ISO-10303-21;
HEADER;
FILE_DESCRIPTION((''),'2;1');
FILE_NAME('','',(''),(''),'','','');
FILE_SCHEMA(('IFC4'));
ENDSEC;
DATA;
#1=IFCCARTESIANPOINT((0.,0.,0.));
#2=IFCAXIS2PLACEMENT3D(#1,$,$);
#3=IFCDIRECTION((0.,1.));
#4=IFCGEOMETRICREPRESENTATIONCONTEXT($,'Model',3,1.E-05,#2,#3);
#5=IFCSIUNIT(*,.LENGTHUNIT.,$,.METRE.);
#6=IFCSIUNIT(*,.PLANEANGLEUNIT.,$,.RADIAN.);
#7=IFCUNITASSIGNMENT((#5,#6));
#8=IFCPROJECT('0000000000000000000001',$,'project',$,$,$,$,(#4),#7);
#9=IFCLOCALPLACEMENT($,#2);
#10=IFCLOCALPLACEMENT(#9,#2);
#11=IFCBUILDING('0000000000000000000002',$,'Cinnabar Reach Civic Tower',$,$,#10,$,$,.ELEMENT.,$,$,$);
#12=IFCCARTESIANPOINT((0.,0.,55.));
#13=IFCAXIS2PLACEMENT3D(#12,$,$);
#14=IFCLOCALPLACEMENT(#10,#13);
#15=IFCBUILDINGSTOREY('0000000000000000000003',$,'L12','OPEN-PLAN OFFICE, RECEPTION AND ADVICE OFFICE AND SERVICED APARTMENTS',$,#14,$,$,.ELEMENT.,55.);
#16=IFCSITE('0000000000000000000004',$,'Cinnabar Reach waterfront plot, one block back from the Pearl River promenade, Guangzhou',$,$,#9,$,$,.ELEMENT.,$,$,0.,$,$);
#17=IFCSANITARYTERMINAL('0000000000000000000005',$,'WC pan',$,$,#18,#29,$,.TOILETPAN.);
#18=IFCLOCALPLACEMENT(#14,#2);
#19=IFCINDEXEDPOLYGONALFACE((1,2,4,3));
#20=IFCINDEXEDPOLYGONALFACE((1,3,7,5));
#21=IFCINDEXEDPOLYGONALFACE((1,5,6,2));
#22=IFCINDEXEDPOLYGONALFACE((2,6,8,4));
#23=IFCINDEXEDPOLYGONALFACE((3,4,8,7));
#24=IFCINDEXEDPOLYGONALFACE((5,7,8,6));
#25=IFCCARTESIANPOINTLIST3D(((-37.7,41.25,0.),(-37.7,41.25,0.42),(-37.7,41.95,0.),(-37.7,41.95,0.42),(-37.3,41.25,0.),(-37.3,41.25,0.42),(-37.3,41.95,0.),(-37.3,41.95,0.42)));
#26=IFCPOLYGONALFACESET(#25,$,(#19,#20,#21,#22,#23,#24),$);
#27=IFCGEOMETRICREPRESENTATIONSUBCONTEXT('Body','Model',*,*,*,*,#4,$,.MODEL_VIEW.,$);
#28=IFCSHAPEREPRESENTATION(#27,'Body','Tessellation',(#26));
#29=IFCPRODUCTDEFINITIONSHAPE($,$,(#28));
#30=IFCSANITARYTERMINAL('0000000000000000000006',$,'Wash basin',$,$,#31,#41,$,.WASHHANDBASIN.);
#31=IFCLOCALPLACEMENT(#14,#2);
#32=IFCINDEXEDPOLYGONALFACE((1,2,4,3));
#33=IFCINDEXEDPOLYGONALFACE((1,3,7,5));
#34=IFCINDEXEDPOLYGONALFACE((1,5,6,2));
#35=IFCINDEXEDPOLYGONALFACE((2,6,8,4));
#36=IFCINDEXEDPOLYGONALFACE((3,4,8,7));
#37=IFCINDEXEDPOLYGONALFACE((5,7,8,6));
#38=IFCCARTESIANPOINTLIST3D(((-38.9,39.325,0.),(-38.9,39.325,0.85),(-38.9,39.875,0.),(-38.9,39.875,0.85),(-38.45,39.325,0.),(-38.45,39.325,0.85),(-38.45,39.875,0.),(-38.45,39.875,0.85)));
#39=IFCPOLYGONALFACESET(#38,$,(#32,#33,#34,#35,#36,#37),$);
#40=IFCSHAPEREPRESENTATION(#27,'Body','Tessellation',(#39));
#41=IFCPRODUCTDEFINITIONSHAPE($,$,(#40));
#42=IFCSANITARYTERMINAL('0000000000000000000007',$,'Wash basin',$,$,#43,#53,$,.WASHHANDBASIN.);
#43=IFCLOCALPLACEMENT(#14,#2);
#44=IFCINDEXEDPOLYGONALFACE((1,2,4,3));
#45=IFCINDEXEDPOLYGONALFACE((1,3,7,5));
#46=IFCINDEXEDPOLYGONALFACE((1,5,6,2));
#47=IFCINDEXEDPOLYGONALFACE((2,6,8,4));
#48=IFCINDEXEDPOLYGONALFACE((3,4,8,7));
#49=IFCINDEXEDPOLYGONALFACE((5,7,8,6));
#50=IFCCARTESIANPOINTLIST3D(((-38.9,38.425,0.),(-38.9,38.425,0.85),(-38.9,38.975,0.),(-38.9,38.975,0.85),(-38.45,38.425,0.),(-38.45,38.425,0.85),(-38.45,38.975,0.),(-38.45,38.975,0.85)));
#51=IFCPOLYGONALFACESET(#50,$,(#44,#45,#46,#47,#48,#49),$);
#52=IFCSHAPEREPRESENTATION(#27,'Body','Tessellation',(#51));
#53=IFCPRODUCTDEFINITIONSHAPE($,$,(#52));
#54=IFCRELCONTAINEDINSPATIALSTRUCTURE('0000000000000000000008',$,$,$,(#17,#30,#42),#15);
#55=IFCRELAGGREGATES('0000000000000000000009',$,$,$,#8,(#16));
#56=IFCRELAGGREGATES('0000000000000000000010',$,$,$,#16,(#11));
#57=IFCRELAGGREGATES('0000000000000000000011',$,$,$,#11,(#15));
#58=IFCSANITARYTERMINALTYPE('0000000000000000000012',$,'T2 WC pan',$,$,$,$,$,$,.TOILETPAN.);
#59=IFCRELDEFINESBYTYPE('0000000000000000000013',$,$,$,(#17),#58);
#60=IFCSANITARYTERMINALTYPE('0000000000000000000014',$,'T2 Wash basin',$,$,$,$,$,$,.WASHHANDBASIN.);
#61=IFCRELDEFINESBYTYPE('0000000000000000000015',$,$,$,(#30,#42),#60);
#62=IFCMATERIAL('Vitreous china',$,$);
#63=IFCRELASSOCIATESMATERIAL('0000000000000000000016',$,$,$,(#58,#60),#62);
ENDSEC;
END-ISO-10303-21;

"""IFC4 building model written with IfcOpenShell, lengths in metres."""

from ifc_helpers import new_model, si_unit, direction, frame, origin, origin_2d, place, context, subcontext, project, spatial, rectangle, extrude, material, type_object, element, save


model = new_model("IFC4")

# Units and contexts
model_context = context("Model", 3, precision=1e-05, world=origin(), true_north=direction((0.0, 1.0)))
body_context = subcontext(model_context, "Body", "Model", "MODEL_VIEW")
ifc_project = project(units=[si_unit("LENGTHUNIT", "METRE"), si_unit("PLANEANGLEUNIT", "RADIAN")], contexts=[model_context])

# Site, building, storey
site_placement = place(None, origin())
site = spatial("IfcSite", under=ifc_project, at=site_placement, Name="Cinnabar Reach waterfront plot, one block back from the Pearl River promenade, Guangzhou", CompositionType="ELEMENT", RefElevation=0.0)
building_placement = place(site_placement, origin())
building = spatial("IfcBuilding", under=site, at=building_placement, Name="Cinnabar Reach Civic Tower", CompositionType="ELEMENT")
storey_placement = place(building_placement, frame((0.0, 0.0, 55.0)))
storey = spatial("IfcBuildingStorey", under=building, at=storey_placement, Name="L12", Description="OPEN-PLAN OFFICE, RECEPTION AND ADVICE OFFICE AND SERVICED APARTMENTS", CompositionType="ELEMENT", Elevation=55.0)

# Sanitary terminals
ifc_material_1 = material(Name="Vitreous china")
sanitary_terminal_type_1 = type_object("IfcSanitaryTerminalType", Name="T2 WC pan", PredefinedType="TOILETPAN", material=ifc_material_1)
for number, where, z_axis, x_axis, name in (
    (1, (-37.5, 41.6, 0.0), (0.0, 0.0, 1.0), (1.0, 0.0, 0.0), "WC pan"),
):
    element("IfcSanitaryTerminal", number, at=place(storey_placement, frame(where, z_axis=z_axis, x_axis=x_axis)), inside=storey, type_object=sanitary_terminal_type_1, Name=name, PredefinedType="TOILETPAN", context=body_context, shape_type="SweptSolid", body=[
        extrude(rectangle(XDim=0.4, YDim=0.7, at=origin_2d()), origin(), (0.0, 0.0, 1.0), 0.42),
    ])
sanitary_terminal_type_2 = type_object("IfcSanitaryTerminalType", Name="T2 Wash basin", PredefinedType="WASHHANDBASIN", material=ifc_material_1)
for number, where, z_axis, x_axis, name in (
    (2, (-38.675, 39.6, 0.0), (0.0, 0.0, 1.0), (1.0, 0.0, 0.0), "Wash basin"),
    (3, (-38.675, 38.7, 0.0), (0.0, 0.0, 1.0), (1.0, 0.0, 0.0), "Wash basin"),
):
    element("IfcSanitaryTerminal", number, at=place(storey_placement, frame(where, z_axis=z_axis, x_axis=x_axis)), inside=storey, type_object=sanitary_terminal_type_2, Name=name, PredefinedType="WASHHANDBASIN", context=body_context, shape_type="SweptSolid", body=[
        extrude(rectangle(XDim=0.45, YDim=0.55, at=origin_2d()), origin(), (0.0, 0.0, 1.0), 0.85),
    ])

save(model, "model.ifc")
